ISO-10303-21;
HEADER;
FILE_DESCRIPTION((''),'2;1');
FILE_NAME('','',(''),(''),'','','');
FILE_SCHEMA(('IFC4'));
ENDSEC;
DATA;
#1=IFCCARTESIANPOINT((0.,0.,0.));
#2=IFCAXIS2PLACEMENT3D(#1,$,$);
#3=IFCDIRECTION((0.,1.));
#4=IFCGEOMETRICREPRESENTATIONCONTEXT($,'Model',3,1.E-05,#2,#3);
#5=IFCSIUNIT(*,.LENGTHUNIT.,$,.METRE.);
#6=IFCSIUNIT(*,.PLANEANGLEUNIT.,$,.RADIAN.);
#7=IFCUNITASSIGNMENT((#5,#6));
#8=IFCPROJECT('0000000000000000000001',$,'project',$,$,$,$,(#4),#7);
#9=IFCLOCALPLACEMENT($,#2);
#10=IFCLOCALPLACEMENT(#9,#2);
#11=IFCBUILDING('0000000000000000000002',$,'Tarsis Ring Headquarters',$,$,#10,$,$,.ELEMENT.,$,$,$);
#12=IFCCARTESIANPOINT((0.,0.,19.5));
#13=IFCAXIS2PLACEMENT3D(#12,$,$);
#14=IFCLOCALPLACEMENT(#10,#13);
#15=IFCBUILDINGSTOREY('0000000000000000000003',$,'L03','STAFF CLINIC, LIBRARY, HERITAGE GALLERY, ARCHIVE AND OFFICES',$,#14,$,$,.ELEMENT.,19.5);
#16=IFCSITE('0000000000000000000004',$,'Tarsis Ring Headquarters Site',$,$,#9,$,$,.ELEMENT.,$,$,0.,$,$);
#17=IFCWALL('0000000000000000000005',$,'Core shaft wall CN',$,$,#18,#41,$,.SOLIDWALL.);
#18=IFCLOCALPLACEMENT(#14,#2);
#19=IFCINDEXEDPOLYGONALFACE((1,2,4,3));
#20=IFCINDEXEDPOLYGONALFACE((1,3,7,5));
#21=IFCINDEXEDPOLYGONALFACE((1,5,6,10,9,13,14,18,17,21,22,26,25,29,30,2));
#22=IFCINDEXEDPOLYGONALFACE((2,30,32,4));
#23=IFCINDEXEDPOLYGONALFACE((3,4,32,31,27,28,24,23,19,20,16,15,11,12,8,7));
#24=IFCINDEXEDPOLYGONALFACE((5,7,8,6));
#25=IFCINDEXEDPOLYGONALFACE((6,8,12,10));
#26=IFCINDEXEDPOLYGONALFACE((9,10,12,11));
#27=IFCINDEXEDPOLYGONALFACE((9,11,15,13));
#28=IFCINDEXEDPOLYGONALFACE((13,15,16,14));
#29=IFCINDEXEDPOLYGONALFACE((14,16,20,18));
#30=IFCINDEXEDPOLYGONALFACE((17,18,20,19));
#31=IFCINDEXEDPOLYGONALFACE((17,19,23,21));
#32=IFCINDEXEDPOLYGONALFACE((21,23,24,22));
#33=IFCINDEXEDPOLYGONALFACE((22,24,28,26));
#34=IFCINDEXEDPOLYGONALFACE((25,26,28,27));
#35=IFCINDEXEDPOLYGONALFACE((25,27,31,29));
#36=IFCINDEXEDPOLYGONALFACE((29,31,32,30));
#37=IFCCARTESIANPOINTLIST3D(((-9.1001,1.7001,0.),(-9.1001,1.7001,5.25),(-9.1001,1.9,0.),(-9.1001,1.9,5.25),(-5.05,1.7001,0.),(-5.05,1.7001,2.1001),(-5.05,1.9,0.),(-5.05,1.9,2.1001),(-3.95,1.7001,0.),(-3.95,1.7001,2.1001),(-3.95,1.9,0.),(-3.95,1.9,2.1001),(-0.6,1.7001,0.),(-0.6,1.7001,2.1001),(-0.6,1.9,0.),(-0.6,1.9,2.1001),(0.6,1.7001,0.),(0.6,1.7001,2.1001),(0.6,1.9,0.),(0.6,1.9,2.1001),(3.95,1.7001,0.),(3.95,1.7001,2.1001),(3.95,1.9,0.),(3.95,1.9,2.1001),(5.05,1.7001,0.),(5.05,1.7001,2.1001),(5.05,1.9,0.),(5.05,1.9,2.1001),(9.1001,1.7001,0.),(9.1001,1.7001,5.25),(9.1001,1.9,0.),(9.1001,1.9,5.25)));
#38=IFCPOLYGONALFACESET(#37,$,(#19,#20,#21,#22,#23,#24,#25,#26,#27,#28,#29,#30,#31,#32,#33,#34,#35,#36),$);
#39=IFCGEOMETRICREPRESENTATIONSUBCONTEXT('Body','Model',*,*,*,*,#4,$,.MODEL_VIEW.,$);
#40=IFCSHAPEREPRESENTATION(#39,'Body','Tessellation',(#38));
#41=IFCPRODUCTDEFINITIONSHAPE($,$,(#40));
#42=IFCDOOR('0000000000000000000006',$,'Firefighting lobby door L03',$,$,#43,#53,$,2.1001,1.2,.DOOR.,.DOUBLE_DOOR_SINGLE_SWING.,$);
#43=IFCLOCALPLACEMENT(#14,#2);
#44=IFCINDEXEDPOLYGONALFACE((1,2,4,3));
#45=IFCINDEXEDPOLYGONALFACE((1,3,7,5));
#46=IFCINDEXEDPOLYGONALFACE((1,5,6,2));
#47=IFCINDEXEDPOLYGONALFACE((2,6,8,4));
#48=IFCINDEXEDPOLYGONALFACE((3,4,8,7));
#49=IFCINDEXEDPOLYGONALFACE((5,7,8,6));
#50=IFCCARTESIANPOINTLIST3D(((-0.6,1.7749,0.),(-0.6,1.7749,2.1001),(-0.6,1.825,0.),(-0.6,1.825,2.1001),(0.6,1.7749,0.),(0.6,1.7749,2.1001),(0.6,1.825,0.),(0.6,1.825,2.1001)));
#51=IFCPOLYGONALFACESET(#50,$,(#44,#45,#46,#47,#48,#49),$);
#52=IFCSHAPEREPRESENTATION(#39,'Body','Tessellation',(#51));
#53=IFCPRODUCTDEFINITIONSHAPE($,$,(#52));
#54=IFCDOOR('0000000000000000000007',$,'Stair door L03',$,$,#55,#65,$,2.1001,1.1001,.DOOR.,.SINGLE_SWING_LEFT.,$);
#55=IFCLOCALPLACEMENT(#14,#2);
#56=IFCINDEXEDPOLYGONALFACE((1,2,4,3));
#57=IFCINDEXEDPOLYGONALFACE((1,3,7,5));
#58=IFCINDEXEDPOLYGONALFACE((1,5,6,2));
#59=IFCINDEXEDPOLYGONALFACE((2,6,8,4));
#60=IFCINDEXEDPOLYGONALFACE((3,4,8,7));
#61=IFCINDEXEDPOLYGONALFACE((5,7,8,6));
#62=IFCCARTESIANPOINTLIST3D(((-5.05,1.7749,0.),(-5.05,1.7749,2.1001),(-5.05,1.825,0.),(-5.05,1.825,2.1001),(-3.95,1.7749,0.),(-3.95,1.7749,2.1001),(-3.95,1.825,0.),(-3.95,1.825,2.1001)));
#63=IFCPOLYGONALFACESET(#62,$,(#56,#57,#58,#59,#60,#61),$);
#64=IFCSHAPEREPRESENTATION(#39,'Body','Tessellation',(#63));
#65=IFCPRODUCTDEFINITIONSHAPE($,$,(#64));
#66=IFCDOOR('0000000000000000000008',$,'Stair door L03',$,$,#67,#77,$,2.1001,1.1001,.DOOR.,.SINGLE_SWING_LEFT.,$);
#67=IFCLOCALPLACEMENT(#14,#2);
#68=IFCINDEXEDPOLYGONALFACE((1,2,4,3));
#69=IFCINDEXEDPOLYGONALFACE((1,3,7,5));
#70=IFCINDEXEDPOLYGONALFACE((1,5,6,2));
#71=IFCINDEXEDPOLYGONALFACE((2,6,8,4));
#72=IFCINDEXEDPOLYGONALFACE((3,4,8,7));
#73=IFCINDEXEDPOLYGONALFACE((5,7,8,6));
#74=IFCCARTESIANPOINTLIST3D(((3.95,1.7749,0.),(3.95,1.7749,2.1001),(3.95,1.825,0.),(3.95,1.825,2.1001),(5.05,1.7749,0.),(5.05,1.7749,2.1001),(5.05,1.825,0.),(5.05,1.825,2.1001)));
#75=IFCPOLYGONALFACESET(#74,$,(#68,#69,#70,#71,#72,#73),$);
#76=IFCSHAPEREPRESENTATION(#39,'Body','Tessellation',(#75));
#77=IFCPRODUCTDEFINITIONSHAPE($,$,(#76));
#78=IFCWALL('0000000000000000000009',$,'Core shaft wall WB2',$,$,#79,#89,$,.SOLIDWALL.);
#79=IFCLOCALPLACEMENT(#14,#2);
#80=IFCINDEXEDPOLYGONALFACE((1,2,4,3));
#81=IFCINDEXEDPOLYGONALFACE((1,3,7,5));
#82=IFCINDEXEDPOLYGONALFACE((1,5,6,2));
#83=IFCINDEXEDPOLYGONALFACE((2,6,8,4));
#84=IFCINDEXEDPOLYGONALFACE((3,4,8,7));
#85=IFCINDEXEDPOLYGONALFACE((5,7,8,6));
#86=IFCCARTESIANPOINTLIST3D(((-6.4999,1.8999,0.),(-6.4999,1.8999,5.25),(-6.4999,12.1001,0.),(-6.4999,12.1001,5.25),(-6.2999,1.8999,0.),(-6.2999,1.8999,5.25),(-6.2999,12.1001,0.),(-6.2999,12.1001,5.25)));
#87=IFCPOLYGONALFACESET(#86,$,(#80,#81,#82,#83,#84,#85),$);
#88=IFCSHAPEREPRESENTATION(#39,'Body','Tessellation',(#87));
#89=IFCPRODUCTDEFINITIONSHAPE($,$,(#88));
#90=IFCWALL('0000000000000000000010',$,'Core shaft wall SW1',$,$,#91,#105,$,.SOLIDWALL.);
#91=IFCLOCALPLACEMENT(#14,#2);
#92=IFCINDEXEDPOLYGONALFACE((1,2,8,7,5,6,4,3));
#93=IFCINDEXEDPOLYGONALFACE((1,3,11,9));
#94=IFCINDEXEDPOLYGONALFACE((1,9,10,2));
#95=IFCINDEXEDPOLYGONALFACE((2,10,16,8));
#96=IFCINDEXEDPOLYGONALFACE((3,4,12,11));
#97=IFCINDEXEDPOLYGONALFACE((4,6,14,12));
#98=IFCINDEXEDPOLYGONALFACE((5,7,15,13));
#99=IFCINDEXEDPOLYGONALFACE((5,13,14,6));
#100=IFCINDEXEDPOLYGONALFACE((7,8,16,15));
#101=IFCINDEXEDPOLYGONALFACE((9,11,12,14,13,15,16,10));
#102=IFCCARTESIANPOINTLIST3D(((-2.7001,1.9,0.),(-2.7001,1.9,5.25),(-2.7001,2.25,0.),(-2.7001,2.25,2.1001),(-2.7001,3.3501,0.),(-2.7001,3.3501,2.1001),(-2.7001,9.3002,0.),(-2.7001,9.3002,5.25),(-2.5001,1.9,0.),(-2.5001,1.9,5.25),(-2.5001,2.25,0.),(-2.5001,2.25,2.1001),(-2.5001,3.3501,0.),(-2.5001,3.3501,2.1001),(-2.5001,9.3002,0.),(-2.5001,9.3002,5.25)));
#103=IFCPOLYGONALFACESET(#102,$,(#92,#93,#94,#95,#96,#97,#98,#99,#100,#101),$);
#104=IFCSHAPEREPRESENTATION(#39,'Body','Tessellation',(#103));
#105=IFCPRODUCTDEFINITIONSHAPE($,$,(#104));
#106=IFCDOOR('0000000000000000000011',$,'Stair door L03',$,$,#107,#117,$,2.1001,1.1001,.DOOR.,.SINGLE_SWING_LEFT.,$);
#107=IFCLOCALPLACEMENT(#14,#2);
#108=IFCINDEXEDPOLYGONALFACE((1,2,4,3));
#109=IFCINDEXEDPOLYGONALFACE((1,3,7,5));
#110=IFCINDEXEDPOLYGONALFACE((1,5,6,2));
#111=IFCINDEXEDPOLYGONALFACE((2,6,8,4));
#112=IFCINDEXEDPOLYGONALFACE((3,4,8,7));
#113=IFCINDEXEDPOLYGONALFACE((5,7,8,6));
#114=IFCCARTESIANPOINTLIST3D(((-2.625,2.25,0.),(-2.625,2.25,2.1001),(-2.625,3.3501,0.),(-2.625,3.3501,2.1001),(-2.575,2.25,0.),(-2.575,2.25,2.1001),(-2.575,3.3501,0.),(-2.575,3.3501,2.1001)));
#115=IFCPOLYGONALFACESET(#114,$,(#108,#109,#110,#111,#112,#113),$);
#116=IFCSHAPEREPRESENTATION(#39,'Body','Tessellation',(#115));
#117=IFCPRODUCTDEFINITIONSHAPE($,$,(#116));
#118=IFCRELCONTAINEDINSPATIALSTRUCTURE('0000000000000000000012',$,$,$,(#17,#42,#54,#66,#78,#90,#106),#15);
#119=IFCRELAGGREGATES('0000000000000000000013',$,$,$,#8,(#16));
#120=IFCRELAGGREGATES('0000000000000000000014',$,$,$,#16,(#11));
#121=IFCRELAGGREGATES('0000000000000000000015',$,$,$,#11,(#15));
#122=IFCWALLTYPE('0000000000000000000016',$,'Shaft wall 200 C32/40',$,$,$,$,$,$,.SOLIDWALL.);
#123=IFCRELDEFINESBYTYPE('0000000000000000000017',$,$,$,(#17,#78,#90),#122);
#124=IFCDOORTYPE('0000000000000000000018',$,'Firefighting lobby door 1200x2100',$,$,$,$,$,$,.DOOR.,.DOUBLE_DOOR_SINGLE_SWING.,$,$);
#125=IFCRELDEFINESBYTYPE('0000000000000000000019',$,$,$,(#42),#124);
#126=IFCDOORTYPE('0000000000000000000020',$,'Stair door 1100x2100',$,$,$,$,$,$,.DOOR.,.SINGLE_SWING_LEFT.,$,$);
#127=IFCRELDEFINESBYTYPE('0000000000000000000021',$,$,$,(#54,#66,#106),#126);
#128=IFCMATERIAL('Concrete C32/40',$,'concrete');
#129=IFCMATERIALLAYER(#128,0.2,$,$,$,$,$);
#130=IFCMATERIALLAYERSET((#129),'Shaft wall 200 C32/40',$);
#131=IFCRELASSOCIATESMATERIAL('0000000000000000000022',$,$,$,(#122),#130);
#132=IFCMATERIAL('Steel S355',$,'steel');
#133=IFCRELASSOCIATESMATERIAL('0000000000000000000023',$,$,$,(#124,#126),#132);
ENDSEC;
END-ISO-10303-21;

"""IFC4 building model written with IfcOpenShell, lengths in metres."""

from ifc_helpers import new_model, si_unit, direction, frame, frame_2d, origin, place, context, subcontext, project, spatial, rectangle, extrude, material, layer, layer_set, type_object, element, fill, save


model = new_model("IFC4")

# Units and contexts
model_context = context("Model", 3, precision=1e-05, world=origin(), true_north=direction((0.0, 1.0)))
body_context = subcontext(model_context, "Body", "Model", "MODEL_VIEW")
ifc_project = project(units=[si_unit("LENGTHUNIT", "METRE"), si_unit("PLANEANGLEUNIT", "RADIAN")], contexts=[model_context])

# Site, building, storey
site_placement = place(None, origin())
site = spatial("IfcSite", under=ifc_project, at=site_placement, Name="Tarsis Ring Headquarters Site", CompositionType="ELEMENT", RefElevation=0.0)
building_placement = place(site_placement, origin())
building = spatial("IfcBuilding", under=site, at=building_placement, Name="Tarsis Ring Headquarters", CompositionType="ELEMENT")
storey_placement = place(building_placement, frame((0.0, 0.0, 19.5)))
storey = spatial("IfcBuildingStorey", under=building, at=storey_placement, Name="L03", Description="STAFF CLINIC, LIBRARY, HERITAGE GALLERY, ARCHIVE AND OFFICES", CompositionType="ELEMENT", Elevation=19.5)

# Wall, openings, doors
ifc_material_1 = material(Name="Concrete C32/40", Category="concrete")
ifc_layer_1 = layer(ifc_material_1, 0.2)
ifc_layer_set_1 = layer_set([ifc_layer_1], Name="Shaft wall 200 C32/40")
wall_type = type_object("IfcWallType", Name="Shaft wall 200 C32/40", PredefinedType="SOLIDWALL", material=ifc_layer_set_1)
wall_1_placement = place(storey_placement, frame((-9.1001, 1.8, 0.0), z_axis=(0.0, 0.0, 1.0), x_axis=(1.0, 0.0, 0.0)))
wall_1 = element("IfcWall", 1, at=wall_1_placement, inside=storey, type_object=wall_type, Name="Core shaft wall CN", PredefinedType="SOLIDWALL", context=body_context, shape_type="SweptSolid", body=[
    extrude(rectangle(XDim=18.2002, YDim=0.2, at=frame_2d((9.1001, 0.0))), origin(), (0.0, 0.0, 1.0), 5.25),
])
opening_1_placement = place(wall_1_placement, frame((4.05, 0.0, 0.0)))
opening_1 = element("IfcOpeningElement", 2, at=opening_1_placement, cuts=wall_1, PredefinedType="OPENING", context=body_context, shape_type="SweptSolid", body=[
    extrude(rectangle(XDim=1.1001, YDim=2.1001, at=frame_2d((0.55, 1.05))), frame((0.0, 0.1099, 0.0), z_axis=(0.0, -1.0, 0.0), x_axis=(1.0, 0.0, 0.0)), (0.0, 0.0, 1.0), 0.22),
])
opening_2_placement = place(wall_1_placement, frame((8.5, 0.0, 0.0)))
opening_2 = element("IfcOpeningElement", 3, at=opening_2_placement, cuts=wall_1, PredefinedType="OPENING", context=body_context, shape_type="SweptSolid", body=[
    extrude(rectangle(XDim=1.2, YDim=2.1001, at=frame_2d((0.6001, 1.05))), frame((0.0, 0.1099, 0.0), z_axis=(0.0, -1.0, 0.0), x_axis=(1.0, 0.0, 0.0)), (0.0, 0.0, 1.0), 0.22),
])
opening_3_placement = place(wall_1_placement, frame((13.05, 0.0, 0.0)))
opening_3 = element("IfcOpeningElement", 4, at=opening_3_placement, cuts=wall_1, PredefinedType="OPENING", context=body_context, shape_type="SweptSolid", body=[
    extrude(rectangle(XDim=1.1001, YDim=2.1001, at=frame_2d((0.55, 1.05))), frame((0.0, 0.1099, 0.0), z_axis=(0.0, -1.0, 0.0), x_axis=(1.0, 0.0, 0.0)), (0.0, 0.0, 1.0), 0.22),
])
ifc_material_2 = material(Name="Steel S355", Category="steel")
door_type_1 = type_object("IfcDoorType", Name="Firefighting lobby door 1200x2100", OperationType="DOUBLE_DOOR_SINGLE_SWING", PredefinedType="DOOR", material=ifc_material_2)
door_1_placement = place(opening_2_placement, origin())
door_1 = element("IfcDoor", 5, at=door_1_placement, inside=storey, type_object=door_type_1, Name="Firefighting lobby door L03", OperationType="DOUBLE_DOOR_SINGLE_SWING", OverallHeight=2.1001, OverallWidth=1.2, PredefinedType="DOOR", context=body_context, shape_type="SweptSolid", body=[
    extrude(rectangle(XDim=1.2, YDim=2.1001, at=frame_2d((0.6001, 1.05))), frame((0.0, 0.0249, 0.0), z_axis=(0.0, -1.0, 0.0), x_axis=(1.0, 0.0, 0.0)), (0.0, 0.0, 1.0), 0.05),
])
fill(opening_2, door_1)
door_type_2 = type_object("IfcDoorType", Name="Stair door 1100x2100", OperationType="SINGLE_SWING_LEFT", PredefinedType="DOOR", material=ifc_material_2)
door_2_placement = place(opening_1_placement, origin())
door_2 = element("IfcDoor", 6, at=door_2_placement, inside=storey, type_object=door_type_2, Name="Stair door L03", OperationType="SINGLE_SWING_LEFT", OverallHeight=2.1001, OverallWidth=1.1001, PredefinedType="DOOR", context=body_context, shape_type="SweptSolid", body=[
    extrude(rectangle(XDim=1.1001, YDim=2.1001, at=frame_2d((0.55, 1.05))), frame((0.0, 0.0249, 0.0), z_axis=(0.0, -1.0, 0.0), x_axis=(1.0, 0.0, 0.0)), (0.0, 0.0, 1.0), 0.05),
])
fill(opening_1, door_2)
door_3_placement = place(opening_3_placement, origin())
door_3 = element("IfcDoor", 7, at=door_3_placement, inside=storey, type_object=door_type_2, Name="Stair door L03", OperationType="SINGLE_SWING_LEFT", OverallHeight=2.1001, OverallWidth=1.1001, PredefinedType="DOOR", context=body_context, shape_type="SweptSolid", body=[
    extrude(rectangle(XDim=1.1001, YDim=2.1001, at=frame_2d((0.55, 1.05))), frame((0.0, 0.0249, 0.0), z_axis=(0.0, -1.0, 0.0), x_axis=(1.0, 0.0, 0.0)), (0.0, 0.0, 1.0), 0.05),
])
fill(opening_3, door_3)

# Wall
wall_2_placement = place(storey_placement, frame((-6.3999, 1.8999, 0.0), z_axis=(0.0, 0.0, 1.0), x_axis=(0.0, 1.0, 0.0)))
element("IfcWall", 8, at=wall_2_placement, inside=storey, type_object=wall_type, Name="Core shaft wall WB2", PredefinedType="SOLIDWALL", context=body_context, shape_type="SweptSolid", body=[
    extrude(rectangle(XDim=10.2002, YDim=0.2, at=frame_2d((5.1001, 0.0))), origin(), (0.0, 0.0, 1.0), 5.25),
])

# Wall, opening, door
wall_3_placement = place(storey_placement, frame((-2.6001, 1.8999, 0.0), z_axis=(0.0, 0.0, 1.0), x_axis=(0.0, 1.0, 0.0)))
wall_3 = element("IfcWall", 9, at=wall_3_placement, inside=storey, type_object=wall_type, Name="Core shaft wall SW1", PredefinedType="SOLIDWALL", context=body_context, shape_type="SweptSolid", body=[
    extrude(rectangle(XDim=7.4001, YDim=0.2, at=frame_2d((3.7002, 0.0))), origin(), (0.0, 0.0, 1.0), 5.25),
])
opening_4_placement = place(wall_3_placement, frame((0.3501, 0.0, 0.0)))
opening_4 = element("IfcOpeningElement", 10, at=opening_4_placement, cuts=wall_3, PredefinedType="OPENING", context=body_context, shape_type="SweptSolid", body=[
    extrude(rectangle(XDim=1.1001, YDim=2.1001, at=frame_2d((0.55, 1.05))), frame((0.0, 0.1099, 0.0), z_axis=(0.0, -1.0, 0.0), x_axis=(1.0, 0.0, 0.0)), (0.0, 0.0, 1.0), 0.22),
])
door_4_placement = place(opening_4_placement, origin())
door_4 = element("IfcDoor", 11, at=door_4_placement, inside=storey, type_object=door_type_2, Name="Stair door L03", OperationType="SINGLE_SWING_LEFT", OverallHeight=2.1001, OverallWidth=1.1001, PredefinedType="DOOR", context=body_context, shape_type="SweptSolid", body=[
    extrude(rectangle(XDim=1.1001, YDim=2.1001, at=frame_2d((0.55, 1.05))), frame((0.0, 0.0249, 0.0), z_axis=(0.0, -1.0, 0.0), x_axis=(1.0, 0.0, 0.0)), (0.0, 0.0, 1.0), 0.05),
])
fill(opening_4, door_4)

save(model, "model.ifc")
